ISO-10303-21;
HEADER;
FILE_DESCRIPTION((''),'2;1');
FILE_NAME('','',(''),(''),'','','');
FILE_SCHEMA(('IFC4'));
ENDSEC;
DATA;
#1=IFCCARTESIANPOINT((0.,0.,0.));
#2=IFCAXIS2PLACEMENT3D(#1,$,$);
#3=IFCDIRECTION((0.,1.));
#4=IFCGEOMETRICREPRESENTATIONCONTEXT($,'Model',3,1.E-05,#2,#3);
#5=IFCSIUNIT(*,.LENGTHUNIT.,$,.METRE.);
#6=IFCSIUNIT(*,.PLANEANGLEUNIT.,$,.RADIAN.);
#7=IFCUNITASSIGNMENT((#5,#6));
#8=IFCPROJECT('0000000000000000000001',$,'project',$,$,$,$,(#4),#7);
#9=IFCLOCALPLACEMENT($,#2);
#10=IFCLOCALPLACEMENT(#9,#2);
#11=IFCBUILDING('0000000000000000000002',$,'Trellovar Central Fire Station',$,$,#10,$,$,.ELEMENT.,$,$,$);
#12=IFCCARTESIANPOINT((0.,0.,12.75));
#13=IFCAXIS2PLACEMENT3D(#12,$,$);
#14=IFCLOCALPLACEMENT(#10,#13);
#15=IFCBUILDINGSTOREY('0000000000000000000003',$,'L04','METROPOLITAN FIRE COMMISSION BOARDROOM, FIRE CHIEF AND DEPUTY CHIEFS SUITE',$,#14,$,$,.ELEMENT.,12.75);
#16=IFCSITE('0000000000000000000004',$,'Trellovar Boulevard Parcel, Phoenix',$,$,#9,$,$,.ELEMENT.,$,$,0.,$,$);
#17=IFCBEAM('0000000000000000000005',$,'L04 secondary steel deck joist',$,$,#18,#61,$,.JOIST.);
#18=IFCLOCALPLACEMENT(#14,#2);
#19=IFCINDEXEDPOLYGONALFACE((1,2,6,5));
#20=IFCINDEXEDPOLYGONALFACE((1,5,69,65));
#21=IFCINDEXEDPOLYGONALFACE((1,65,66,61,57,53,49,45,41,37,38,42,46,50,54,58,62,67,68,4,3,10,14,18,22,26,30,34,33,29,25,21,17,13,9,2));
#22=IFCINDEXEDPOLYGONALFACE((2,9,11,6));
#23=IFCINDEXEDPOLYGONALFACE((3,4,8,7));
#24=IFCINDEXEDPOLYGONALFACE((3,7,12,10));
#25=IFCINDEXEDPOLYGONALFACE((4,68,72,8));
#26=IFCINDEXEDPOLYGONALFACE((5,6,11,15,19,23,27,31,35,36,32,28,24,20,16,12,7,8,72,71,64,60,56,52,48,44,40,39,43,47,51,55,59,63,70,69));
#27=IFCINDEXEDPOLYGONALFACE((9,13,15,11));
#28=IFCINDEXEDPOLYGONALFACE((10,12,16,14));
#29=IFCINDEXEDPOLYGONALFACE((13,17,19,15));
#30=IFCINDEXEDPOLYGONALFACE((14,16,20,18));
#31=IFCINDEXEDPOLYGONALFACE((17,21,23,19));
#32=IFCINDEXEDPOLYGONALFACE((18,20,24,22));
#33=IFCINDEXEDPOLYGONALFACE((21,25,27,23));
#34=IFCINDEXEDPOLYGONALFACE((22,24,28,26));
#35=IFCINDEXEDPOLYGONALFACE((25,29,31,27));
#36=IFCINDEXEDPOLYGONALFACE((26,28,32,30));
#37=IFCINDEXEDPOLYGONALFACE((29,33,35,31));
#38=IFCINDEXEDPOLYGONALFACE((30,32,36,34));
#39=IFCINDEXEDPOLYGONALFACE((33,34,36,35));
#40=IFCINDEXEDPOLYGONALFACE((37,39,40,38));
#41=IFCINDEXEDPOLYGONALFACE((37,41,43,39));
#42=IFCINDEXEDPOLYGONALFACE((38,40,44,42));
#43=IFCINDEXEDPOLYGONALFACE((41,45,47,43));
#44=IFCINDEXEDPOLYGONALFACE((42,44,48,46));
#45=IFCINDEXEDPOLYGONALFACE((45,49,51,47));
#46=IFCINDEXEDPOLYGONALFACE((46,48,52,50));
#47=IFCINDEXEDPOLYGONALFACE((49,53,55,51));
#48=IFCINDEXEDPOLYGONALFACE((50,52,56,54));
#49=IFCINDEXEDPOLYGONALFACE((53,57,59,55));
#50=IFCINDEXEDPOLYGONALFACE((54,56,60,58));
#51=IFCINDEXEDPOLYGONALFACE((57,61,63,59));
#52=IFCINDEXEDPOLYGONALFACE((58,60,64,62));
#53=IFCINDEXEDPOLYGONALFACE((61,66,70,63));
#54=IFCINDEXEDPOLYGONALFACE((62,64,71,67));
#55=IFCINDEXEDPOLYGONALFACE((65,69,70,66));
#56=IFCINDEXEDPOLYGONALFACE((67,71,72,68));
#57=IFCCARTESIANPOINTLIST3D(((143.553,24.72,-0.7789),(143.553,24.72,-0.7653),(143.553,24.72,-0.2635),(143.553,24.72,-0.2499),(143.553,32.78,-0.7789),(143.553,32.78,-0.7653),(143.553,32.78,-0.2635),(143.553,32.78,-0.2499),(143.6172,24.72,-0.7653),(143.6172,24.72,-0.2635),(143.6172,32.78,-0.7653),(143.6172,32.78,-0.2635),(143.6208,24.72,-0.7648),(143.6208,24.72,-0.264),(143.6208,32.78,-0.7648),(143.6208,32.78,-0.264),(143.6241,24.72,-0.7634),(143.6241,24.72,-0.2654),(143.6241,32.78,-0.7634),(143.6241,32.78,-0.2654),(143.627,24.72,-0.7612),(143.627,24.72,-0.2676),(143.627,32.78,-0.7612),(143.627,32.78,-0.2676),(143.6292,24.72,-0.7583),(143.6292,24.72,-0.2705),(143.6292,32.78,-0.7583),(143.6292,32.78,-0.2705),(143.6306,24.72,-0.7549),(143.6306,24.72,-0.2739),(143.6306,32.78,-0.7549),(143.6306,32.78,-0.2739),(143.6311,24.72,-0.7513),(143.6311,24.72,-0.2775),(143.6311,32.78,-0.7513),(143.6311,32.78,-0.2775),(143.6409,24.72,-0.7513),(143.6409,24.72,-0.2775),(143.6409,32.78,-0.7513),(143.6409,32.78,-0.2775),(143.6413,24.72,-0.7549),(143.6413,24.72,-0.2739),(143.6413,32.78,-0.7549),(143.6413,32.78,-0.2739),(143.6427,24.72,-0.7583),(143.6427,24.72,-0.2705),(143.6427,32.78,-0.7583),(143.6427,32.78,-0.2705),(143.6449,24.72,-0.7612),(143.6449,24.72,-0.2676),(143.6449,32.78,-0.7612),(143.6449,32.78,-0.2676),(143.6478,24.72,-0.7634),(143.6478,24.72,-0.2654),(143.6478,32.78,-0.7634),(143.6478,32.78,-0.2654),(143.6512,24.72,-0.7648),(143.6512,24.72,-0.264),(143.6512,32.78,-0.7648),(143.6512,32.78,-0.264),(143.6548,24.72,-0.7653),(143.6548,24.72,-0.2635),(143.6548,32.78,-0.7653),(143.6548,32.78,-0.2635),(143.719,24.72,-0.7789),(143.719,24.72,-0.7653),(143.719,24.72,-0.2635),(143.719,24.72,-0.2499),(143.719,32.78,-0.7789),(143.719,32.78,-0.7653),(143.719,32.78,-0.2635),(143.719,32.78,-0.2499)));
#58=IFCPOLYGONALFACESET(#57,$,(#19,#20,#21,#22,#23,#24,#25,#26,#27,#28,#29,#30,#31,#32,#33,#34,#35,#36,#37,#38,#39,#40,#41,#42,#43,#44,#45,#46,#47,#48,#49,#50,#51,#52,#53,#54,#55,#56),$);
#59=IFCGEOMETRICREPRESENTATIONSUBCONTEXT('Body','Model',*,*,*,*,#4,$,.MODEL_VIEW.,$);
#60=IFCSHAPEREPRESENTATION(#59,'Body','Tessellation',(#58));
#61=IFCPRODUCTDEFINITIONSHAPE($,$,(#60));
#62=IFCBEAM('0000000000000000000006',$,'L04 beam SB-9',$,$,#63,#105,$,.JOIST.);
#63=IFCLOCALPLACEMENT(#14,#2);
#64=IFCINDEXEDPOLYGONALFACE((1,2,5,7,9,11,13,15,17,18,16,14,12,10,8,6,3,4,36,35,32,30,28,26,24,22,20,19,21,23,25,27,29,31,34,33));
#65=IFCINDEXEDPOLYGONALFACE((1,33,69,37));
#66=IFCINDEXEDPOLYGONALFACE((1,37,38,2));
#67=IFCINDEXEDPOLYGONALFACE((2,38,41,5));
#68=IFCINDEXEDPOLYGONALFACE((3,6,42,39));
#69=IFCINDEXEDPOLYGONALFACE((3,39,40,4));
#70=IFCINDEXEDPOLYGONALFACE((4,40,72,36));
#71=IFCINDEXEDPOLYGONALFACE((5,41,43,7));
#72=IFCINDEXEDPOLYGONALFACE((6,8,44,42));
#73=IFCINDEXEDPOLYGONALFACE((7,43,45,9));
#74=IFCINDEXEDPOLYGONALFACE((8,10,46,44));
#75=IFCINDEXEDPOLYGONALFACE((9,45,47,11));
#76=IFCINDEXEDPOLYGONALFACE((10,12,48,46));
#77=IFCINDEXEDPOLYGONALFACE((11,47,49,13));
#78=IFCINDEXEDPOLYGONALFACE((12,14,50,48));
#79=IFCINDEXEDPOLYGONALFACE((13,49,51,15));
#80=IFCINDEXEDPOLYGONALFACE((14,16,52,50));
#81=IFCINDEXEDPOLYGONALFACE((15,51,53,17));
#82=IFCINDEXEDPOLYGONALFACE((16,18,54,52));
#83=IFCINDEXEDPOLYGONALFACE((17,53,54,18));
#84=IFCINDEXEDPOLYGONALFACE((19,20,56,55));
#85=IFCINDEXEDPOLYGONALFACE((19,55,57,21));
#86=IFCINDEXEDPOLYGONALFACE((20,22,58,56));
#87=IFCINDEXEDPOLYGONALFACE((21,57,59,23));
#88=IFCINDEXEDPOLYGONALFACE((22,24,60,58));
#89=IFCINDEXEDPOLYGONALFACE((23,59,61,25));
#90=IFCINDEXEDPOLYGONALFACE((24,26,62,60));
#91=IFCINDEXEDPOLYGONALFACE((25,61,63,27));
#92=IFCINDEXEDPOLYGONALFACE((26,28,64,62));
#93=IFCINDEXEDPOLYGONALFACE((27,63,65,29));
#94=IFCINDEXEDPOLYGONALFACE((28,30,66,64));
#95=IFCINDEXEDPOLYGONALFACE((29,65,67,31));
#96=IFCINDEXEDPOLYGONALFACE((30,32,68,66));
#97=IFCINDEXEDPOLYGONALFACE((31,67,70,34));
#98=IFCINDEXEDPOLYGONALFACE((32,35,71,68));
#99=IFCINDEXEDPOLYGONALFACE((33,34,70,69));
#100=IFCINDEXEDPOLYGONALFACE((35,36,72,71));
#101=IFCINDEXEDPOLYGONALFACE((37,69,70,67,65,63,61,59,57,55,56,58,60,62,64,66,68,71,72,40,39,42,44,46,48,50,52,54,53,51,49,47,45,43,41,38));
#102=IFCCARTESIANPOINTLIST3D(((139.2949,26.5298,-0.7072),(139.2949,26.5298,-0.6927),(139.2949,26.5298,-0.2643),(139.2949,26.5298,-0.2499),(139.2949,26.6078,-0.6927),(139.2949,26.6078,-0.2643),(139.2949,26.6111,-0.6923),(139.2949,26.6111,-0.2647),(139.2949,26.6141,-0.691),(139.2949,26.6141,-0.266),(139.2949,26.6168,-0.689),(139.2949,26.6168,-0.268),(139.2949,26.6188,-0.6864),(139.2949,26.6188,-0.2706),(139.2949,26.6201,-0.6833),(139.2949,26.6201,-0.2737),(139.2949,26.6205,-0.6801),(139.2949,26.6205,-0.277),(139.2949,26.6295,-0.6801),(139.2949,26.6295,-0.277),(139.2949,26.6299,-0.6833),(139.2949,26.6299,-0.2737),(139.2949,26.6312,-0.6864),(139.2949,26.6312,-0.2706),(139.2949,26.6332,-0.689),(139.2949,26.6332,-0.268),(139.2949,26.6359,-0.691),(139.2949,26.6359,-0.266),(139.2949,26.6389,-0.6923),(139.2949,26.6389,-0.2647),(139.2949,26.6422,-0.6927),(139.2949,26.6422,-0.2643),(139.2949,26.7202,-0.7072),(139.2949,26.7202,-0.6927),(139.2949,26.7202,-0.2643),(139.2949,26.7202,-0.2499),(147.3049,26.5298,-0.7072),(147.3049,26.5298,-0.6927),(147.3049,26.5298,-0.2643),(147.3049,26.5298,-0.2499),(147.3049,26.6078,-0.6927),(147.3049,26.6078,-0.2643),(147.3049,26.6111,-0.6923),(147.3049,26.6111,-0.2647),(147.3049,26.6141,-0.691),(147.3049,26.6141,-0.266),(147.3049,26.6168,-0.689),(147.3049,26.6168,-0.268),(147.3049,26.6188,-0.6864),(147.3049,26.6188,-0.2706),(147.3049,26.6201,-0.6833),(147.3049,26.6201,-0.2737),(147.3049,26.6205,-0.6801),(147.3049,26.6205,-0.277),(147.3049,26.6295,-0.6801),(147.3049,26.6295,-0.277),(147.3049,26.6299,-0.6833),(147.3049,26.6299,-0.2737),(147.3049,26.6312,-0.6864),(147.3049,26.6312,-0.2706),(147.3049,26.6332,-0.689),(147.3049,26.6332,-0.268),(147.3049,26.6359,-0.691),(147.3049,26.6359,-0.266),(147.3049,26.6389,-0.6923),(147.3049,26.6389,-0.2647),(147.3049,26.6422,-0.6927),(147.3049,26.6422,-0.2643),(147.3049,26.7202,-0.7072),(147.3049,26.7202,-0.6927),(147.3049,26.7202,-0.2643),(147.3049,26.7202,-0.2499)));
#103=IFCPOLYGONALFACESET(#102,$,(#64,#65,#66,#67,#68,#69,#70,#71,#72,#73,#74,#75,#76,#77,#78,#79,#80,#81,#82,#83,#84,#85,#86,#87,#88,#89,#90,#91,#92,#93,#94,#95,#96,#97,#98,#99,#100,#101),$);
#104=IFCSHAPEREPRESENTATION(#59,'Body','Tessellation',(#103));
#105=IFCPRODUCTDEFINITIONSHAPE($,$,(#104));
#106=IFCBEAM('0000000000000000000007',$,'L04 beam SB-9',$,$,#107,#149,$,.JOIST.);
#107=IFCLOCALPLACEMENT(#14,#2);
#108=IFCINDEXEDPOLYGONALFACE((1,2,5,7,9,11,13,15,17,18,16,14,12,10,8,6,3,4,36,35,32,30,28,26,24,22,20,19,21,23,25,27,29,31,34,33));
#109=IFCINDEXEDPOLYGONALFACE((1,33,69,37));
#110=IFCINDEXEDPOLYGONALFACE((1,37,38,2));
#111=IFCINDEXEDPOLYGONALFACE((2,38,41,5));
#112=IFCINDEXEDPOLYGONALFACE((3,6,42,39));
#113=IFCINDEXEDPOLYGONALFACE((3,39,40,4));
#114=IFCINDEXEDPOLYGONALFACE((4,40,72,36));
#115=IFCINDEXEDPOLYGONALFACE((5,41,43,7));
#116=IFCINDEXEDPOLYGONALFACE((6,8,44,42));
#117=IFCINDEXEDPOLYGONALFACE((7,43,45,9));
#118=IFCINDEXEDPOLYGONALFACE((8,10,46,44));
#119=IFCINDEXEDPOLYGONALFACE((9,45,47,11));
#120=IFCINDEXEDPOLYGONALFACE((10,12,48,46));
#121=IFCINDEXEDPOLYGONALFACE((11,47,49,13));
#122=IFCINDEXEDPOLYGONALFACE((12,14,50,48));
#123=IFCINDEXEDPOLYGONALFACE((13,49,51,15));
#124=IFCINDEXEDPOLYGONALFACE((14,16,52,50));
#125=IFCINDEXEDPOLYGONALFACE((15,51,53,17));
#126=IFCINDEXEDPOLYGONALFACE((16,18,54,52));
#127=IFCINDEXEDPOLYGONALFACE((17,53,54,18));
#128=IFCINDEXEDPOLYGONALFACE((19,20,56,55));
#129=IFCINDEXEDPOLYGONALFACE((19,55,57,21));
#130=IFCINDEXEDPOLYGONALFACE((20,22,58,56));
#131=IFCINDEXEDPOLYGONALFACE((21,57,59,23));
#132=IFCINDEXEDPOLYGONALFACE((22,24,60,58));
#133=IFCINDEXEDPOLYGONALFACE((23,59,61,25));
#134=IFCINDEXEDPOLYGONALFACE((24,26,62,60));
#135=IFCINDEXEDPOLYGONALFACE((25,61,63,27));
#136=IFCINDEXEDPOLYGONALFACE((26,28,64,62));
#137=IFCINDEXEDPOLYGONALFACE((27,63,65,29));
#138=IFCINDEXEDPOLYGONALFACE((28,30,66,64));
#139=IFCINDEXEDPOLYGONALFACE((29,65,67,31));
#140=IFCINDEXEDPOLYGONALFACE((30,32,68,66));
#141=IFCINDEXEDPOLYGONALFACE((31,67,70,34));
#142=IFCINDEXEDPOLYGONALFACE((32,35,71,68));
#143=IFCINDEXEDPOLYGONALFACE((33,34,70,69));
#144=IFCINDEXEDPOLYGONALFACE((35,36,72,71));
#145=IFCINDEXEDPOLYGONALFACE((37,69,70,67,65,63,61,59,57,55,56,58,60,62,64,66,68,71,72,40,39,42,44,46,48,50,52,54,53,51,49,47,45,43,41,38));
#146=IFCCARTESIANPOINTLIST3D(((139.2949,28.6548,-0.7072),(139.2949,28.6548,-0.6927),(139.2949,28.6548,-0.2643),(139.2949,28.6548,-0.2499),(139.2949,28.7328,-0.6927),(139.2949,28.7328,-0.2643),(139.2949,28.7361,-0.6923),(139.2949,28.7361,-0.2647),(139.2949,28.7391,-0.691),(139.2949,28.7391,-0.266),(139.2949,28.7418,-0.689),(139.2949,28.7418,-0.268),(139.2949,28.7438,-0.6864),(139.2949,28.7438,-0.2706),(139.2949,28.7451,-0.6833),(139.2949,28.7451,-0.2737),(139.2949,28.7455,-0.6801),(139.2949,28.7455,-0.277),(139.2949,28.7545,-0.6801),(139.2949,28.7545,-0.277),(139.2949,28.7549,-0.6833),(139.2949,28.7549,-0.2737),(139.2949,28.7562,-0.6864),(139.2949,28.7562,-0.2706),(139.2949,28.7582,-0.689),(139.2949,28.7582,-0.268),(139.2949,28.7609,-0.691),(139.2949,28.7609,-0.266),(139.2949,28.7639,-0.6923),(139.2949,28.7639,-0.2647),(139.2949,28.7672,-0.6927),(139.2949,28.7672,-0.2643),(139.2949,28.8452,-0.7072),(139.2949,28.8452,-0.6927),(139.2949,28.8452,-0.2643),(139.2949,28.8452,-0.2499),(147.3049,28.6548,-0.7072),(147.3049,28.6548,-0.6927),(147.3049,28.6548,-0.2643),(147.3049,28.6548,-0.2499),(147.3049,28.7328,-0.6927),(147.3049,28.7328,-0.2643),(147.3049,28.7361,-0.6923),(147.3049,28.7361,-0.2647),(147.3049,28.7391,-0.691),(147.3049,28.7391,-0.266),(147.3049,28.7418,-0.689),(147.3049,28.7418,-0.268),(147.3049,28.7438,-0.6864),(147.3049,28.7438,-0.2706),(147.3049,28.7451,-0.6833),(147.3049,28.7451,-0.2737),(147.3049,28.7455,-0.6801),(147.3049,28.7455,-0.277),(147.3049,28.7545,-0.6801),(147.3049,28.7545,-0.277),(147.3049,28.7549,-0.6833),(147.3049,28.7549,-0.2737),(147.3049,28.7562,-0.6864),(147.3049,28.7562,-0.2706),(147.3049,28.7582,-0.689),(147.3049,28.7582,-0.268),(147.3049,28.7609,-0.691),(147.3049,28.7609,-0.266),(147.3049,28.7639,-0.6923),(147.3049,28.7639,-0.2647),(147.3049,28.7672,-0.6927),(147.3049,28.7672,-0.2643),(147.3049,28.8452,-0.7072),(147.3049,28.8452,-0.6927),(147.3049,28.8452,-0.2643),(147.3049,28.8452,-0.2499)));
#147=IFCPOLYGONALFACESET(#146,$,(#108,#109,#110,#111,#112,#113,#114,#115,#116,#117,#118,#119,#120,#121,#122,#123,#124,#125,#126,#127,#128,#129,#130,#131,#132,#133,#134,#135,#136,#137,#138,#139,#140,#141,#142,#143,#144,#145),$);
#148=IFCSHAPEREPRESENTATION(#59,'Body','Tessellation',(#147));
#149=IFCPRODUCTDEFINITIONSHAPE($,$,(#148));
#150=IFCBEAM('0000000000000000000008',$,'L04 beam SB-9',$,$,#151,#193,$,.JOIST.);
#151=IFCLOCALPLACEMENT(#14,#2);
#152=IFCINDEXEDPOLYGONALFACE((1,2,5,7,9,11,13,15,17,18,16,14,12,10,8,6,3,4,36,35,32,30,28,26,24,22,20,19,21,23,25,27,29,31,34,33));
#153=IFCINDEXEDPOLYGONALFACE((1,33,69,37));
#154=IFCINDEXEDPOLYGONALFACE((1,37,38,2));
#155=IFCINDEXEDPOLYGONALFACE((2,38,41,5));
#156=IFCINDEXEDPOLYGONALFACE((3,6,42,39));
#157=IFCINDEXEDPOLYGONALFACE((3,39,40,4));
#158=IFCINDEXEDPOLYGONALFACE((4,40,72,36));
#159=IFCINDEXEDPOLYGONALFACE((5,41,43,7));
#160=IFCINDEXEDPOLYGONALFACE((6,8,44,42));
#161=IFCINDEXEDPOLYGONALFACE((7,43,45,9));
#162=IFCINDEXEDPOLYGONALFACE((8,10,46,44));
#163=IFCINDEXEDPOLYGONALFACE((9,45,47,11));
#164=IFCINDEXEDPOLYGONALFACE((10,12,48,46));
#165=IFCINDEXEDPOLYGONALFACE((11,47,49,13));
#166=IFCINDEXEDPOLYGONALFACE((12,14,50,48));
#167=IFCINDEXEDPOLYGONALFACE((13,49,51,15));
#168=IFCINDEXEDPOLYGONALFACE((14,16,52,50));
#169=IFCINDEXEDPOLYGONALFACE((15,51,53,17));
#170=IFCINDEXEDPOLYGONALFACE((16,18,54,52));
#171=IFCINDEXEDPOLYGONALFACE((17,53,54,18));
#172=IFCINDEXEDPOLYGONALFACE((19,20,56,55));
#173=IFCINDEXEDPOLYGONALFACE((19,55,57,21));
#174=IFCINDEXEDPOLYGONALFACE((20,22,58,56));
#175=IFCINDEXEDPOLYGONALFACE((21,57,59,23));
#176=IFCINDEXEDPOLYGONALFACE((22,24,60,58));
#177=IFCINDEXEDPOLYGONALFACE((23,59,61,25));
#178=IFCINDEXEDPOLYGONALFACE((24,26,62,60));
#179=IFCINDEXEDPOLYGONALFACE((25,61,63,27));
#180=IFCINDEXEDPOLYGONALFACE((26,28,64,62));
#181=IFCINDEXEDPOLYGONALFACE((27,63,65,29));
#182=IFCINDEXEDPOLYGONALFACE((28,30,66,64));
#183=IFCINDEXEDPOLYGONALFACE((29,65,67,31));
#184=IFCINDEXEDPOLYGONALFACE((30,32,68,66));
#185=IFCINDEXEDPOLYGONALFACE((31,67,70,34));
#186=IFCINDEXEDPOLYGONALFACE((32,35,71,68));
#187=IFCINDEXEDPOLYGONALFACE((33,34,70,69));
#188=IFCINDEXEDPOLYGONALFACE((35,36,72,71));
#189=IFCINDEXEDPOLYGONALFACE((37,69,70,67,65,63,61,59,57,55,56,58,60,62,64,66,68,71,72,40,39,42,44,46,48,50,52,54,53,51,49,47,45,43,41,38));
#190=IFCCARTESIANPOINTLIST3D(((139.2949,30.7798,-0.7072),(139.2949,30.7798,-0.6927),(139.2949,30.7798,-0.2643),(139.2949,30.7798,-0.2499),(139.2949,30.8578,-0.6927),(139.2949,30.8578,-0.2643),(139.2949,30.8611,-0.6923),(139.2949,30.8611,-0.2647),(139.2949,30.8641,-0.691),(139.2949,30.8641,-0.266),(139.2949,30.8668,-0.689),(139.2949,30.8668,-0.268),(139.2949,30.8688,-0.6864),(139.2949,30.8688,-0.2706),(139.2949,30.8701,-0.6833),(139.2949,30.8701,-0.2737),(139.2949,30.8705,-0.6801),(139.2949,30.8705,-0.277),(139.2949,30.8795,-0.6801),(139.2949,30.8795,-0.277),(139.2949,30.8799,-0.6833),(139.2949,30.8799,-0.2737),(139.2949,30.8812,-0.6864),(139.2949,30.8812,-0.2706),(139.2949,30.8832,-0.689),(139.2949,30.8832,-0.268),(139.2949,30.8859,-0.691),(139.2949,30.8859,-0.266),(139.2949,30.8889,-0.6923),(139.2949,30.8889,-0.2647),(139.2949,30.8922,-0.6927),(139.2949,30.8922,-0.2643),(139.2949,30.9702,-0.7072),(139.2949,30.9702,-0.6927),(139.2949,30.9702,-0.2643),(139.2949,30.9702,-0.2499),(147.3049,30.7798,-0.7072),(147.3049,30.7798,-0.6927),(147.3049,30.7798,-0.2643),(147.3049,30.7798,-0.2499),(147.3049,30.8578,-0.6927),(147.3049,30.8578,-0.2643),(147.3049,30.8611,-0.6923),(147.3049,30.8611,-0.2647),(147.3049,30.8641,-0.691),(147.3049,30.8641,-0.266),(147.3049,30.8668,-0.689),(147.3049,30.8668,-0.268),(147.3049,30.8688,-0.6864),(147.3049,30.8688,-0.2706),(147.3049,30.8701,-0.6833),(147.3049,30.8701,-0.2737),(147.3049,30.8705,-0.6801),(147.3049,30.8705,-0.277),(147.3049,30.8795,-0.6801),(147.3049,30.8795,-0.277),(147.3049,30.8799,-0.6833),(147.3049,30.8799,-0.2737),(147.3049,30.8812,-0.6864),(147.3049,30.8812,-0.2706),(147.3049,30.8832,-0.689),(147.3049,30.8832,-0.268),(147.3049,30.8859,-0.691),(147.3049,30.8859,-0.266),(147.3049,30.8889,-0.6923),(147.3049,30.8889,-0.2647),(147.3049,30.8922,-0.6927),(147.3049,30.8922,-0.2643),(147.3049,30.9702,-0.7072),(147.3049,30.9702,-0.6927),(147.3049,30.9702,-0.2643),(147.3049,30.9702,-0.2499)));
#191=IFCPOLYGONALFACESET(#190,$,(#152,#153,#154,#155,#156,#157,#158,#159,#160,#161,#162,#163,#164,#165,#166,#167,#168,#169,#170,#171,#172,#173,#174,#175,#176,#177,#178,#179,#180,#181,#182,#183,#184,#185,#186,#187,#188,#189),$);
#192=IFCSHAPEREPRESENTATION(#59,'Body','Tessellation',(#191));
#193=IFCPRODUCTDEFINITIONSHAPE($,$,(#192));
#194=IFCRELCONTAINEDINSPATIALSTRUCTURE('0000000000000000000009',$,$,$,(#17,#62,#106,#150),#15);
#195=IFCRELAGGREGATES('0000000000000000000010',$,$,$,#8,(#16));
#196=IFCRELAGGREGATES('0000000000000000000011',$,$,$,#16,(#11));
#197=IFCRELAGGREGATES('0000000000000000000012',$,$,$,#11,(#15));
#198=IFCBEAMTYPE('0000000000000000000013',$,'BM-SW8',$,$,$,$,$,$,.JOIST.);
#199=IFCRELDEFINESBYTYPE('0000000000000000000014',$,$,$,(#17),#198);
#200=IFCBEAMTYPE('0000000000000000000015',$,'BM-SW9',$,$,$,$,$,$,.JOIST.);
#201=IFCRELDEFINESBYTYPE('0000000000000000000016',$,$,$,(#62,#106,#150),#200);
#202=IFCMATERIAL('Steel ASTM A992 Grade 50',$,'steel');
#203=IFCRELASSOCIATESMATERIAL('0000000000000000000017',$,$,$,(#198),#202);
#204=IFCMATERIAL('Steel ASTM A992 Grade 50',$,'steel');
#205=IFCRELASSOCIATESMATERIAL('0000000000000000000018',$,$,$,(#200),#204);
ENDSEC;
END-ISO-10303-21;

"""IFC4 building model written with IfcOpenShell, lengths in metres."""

from ifc_helpers import new_model, si_unit, direction, frame, origin, origin_2d, place, context, subcontext, project, spatial, i_section, extrude, material, material_profile, profile_set, type_object, element, save


model = new_model("IFC4")

# Units and contexts
model_context = context("Model", 3, precision=1e-05, world=origin(), true_north=direction((0.0, 1.0)))
body_context = subcontext(model_context, "Body", "Model", "MODEL_VIEW")
ifc_project = project(units=[si_unit("LENGTHUNIT", "METRE"), si_unit("PLANEANGLEUNIT", "RADIAN")], contexts=[model_context])

# Site, building, storey
site_placement = place(None, origin())
site = spatial("IfcSite", under=ifc_project, at=site_placement, Name="Trellovar Boulevard Parcel, Phoenix", CompositionType="ELEMENT", RefElevation=0.0)
building_placement = place(site_placement, origin())
building = spatial("IfcBuilding", under=site, at=building_placement, Name="Trellovar Central Fire Station", CompositionType="ELEMENT")
storey_placement = place(building_placement, frame((0.0, 0.0, 12.75)))
storey = spatial("IfcBuildingStorey", under=building, at=storey_placement, Name="L04", Description="METROPOLITAN FIRE COMMISSION BOARDROOM, FIRE CHIEF AND DEPUTY CHIEFS SUITE", CompositionType="ELEMENT", Elevation=12.75)

# Beams
ifc_material_1 = material(Name="Steel ASTM A992 Grade 50", Category="steel")
ifc_material_profile_1 = material_profile(ifc_material_1, i_section(OverallWidth=0.166, OverallDepth=0.5291, WebThickness=0.0098, FlangeThickness=0.0137, FilletRadius=0.0139, at=origin_2d()), Name="W21X50")
ifc_profile_set_1 = profile_set([ifc_material_profile_1], Name="Steel ASTM A992 Grade 50")
beam_type_1 = type_object("IfcBeamType", Name="BM-SW8", PredefinedType="JOIST", material=ifc_profile_set_1)
beam_1_placement = place(storey_placement, frame((143.636, 24.72, -0.5144), z_axis=(0.0, 1.0, 0.0), x_axis=(-1.0, 0.0, 0.0)))
element("IfcBeam", 1, at=beam_1_placement, inside=storey, type_object=beam_type_1, Name="L04 secondary steel deck joist", PredefinedType="JOIST", context=body_context, shape_type="SweptSolid", body=[
    extrude(i_section(OverallWidth=0.166, OverallDepth=0.5291, WebThickness=0.0098, FlangeThickness=0.0137, FilletRadius=0.0139, at=origin_2d()), origin(), (0.0, 0.0, 1.0), 8.0601),
])
ifc_material_2 = material(Name="Steel ASTM A992 Grade 50", Category="steel")
ifc_material_profile_2 = material_profile(ifc_material_2, i_section(OverallWidth=0.1904, OverallDepth=0.4573, WebThickness=0.009, FlangeThickness=0.0144, FilletRadius=0.0127, at=origin_2d()), Name="W18X50")
ifc_profile_set_2 = profile_set([ifc_material_profile_2], Name="Steel ASTM A992 Grade 50")
beam_type_2 = type_object("IfcBeamType", Name="BM-SW9", PredefinedType="JOIST", material=ifc_profile_set_2)
for number, where, z_axis, x_axis, name in (
    (2, (139.2949, 26.625, -0.4785), (1.0, 0.0, 0.0), (0.0, 1.0, 0.0), "L04 beam SB-9"),
    (3, (139.2949, 28.75, -0.4785), (1.0, 0.0, 0.0), (0.0, 1.0, 0.0), "L04 beam SB-9"),
    (4, (139.2949, 30.875, -0.4785), (1.0, 0.0, 0.0), (0.0, 1.0, 0.0), "L04 beam SB-9"),
):
    element("IfcBeam", number, at=place(storey_placement, frame(where, z_axis=z_axis, x_axis=x_axis)), inside=storey, type_object=beam_type_2, Name=name, PredefinedType="JOIST", context=body_context, shape_type="SweptSolid", body=[
        extrude(i_section(OverallWidth=0.1904, OverallDepth=0.4573, WebThickness=0.009, FlangeThickness=0.0144, FilletRadius=0.0127, at=origin_2d()), origin(), (0.0, 0.0, 1.0), 8.01),
    ])

save(model, "model.ifc")
